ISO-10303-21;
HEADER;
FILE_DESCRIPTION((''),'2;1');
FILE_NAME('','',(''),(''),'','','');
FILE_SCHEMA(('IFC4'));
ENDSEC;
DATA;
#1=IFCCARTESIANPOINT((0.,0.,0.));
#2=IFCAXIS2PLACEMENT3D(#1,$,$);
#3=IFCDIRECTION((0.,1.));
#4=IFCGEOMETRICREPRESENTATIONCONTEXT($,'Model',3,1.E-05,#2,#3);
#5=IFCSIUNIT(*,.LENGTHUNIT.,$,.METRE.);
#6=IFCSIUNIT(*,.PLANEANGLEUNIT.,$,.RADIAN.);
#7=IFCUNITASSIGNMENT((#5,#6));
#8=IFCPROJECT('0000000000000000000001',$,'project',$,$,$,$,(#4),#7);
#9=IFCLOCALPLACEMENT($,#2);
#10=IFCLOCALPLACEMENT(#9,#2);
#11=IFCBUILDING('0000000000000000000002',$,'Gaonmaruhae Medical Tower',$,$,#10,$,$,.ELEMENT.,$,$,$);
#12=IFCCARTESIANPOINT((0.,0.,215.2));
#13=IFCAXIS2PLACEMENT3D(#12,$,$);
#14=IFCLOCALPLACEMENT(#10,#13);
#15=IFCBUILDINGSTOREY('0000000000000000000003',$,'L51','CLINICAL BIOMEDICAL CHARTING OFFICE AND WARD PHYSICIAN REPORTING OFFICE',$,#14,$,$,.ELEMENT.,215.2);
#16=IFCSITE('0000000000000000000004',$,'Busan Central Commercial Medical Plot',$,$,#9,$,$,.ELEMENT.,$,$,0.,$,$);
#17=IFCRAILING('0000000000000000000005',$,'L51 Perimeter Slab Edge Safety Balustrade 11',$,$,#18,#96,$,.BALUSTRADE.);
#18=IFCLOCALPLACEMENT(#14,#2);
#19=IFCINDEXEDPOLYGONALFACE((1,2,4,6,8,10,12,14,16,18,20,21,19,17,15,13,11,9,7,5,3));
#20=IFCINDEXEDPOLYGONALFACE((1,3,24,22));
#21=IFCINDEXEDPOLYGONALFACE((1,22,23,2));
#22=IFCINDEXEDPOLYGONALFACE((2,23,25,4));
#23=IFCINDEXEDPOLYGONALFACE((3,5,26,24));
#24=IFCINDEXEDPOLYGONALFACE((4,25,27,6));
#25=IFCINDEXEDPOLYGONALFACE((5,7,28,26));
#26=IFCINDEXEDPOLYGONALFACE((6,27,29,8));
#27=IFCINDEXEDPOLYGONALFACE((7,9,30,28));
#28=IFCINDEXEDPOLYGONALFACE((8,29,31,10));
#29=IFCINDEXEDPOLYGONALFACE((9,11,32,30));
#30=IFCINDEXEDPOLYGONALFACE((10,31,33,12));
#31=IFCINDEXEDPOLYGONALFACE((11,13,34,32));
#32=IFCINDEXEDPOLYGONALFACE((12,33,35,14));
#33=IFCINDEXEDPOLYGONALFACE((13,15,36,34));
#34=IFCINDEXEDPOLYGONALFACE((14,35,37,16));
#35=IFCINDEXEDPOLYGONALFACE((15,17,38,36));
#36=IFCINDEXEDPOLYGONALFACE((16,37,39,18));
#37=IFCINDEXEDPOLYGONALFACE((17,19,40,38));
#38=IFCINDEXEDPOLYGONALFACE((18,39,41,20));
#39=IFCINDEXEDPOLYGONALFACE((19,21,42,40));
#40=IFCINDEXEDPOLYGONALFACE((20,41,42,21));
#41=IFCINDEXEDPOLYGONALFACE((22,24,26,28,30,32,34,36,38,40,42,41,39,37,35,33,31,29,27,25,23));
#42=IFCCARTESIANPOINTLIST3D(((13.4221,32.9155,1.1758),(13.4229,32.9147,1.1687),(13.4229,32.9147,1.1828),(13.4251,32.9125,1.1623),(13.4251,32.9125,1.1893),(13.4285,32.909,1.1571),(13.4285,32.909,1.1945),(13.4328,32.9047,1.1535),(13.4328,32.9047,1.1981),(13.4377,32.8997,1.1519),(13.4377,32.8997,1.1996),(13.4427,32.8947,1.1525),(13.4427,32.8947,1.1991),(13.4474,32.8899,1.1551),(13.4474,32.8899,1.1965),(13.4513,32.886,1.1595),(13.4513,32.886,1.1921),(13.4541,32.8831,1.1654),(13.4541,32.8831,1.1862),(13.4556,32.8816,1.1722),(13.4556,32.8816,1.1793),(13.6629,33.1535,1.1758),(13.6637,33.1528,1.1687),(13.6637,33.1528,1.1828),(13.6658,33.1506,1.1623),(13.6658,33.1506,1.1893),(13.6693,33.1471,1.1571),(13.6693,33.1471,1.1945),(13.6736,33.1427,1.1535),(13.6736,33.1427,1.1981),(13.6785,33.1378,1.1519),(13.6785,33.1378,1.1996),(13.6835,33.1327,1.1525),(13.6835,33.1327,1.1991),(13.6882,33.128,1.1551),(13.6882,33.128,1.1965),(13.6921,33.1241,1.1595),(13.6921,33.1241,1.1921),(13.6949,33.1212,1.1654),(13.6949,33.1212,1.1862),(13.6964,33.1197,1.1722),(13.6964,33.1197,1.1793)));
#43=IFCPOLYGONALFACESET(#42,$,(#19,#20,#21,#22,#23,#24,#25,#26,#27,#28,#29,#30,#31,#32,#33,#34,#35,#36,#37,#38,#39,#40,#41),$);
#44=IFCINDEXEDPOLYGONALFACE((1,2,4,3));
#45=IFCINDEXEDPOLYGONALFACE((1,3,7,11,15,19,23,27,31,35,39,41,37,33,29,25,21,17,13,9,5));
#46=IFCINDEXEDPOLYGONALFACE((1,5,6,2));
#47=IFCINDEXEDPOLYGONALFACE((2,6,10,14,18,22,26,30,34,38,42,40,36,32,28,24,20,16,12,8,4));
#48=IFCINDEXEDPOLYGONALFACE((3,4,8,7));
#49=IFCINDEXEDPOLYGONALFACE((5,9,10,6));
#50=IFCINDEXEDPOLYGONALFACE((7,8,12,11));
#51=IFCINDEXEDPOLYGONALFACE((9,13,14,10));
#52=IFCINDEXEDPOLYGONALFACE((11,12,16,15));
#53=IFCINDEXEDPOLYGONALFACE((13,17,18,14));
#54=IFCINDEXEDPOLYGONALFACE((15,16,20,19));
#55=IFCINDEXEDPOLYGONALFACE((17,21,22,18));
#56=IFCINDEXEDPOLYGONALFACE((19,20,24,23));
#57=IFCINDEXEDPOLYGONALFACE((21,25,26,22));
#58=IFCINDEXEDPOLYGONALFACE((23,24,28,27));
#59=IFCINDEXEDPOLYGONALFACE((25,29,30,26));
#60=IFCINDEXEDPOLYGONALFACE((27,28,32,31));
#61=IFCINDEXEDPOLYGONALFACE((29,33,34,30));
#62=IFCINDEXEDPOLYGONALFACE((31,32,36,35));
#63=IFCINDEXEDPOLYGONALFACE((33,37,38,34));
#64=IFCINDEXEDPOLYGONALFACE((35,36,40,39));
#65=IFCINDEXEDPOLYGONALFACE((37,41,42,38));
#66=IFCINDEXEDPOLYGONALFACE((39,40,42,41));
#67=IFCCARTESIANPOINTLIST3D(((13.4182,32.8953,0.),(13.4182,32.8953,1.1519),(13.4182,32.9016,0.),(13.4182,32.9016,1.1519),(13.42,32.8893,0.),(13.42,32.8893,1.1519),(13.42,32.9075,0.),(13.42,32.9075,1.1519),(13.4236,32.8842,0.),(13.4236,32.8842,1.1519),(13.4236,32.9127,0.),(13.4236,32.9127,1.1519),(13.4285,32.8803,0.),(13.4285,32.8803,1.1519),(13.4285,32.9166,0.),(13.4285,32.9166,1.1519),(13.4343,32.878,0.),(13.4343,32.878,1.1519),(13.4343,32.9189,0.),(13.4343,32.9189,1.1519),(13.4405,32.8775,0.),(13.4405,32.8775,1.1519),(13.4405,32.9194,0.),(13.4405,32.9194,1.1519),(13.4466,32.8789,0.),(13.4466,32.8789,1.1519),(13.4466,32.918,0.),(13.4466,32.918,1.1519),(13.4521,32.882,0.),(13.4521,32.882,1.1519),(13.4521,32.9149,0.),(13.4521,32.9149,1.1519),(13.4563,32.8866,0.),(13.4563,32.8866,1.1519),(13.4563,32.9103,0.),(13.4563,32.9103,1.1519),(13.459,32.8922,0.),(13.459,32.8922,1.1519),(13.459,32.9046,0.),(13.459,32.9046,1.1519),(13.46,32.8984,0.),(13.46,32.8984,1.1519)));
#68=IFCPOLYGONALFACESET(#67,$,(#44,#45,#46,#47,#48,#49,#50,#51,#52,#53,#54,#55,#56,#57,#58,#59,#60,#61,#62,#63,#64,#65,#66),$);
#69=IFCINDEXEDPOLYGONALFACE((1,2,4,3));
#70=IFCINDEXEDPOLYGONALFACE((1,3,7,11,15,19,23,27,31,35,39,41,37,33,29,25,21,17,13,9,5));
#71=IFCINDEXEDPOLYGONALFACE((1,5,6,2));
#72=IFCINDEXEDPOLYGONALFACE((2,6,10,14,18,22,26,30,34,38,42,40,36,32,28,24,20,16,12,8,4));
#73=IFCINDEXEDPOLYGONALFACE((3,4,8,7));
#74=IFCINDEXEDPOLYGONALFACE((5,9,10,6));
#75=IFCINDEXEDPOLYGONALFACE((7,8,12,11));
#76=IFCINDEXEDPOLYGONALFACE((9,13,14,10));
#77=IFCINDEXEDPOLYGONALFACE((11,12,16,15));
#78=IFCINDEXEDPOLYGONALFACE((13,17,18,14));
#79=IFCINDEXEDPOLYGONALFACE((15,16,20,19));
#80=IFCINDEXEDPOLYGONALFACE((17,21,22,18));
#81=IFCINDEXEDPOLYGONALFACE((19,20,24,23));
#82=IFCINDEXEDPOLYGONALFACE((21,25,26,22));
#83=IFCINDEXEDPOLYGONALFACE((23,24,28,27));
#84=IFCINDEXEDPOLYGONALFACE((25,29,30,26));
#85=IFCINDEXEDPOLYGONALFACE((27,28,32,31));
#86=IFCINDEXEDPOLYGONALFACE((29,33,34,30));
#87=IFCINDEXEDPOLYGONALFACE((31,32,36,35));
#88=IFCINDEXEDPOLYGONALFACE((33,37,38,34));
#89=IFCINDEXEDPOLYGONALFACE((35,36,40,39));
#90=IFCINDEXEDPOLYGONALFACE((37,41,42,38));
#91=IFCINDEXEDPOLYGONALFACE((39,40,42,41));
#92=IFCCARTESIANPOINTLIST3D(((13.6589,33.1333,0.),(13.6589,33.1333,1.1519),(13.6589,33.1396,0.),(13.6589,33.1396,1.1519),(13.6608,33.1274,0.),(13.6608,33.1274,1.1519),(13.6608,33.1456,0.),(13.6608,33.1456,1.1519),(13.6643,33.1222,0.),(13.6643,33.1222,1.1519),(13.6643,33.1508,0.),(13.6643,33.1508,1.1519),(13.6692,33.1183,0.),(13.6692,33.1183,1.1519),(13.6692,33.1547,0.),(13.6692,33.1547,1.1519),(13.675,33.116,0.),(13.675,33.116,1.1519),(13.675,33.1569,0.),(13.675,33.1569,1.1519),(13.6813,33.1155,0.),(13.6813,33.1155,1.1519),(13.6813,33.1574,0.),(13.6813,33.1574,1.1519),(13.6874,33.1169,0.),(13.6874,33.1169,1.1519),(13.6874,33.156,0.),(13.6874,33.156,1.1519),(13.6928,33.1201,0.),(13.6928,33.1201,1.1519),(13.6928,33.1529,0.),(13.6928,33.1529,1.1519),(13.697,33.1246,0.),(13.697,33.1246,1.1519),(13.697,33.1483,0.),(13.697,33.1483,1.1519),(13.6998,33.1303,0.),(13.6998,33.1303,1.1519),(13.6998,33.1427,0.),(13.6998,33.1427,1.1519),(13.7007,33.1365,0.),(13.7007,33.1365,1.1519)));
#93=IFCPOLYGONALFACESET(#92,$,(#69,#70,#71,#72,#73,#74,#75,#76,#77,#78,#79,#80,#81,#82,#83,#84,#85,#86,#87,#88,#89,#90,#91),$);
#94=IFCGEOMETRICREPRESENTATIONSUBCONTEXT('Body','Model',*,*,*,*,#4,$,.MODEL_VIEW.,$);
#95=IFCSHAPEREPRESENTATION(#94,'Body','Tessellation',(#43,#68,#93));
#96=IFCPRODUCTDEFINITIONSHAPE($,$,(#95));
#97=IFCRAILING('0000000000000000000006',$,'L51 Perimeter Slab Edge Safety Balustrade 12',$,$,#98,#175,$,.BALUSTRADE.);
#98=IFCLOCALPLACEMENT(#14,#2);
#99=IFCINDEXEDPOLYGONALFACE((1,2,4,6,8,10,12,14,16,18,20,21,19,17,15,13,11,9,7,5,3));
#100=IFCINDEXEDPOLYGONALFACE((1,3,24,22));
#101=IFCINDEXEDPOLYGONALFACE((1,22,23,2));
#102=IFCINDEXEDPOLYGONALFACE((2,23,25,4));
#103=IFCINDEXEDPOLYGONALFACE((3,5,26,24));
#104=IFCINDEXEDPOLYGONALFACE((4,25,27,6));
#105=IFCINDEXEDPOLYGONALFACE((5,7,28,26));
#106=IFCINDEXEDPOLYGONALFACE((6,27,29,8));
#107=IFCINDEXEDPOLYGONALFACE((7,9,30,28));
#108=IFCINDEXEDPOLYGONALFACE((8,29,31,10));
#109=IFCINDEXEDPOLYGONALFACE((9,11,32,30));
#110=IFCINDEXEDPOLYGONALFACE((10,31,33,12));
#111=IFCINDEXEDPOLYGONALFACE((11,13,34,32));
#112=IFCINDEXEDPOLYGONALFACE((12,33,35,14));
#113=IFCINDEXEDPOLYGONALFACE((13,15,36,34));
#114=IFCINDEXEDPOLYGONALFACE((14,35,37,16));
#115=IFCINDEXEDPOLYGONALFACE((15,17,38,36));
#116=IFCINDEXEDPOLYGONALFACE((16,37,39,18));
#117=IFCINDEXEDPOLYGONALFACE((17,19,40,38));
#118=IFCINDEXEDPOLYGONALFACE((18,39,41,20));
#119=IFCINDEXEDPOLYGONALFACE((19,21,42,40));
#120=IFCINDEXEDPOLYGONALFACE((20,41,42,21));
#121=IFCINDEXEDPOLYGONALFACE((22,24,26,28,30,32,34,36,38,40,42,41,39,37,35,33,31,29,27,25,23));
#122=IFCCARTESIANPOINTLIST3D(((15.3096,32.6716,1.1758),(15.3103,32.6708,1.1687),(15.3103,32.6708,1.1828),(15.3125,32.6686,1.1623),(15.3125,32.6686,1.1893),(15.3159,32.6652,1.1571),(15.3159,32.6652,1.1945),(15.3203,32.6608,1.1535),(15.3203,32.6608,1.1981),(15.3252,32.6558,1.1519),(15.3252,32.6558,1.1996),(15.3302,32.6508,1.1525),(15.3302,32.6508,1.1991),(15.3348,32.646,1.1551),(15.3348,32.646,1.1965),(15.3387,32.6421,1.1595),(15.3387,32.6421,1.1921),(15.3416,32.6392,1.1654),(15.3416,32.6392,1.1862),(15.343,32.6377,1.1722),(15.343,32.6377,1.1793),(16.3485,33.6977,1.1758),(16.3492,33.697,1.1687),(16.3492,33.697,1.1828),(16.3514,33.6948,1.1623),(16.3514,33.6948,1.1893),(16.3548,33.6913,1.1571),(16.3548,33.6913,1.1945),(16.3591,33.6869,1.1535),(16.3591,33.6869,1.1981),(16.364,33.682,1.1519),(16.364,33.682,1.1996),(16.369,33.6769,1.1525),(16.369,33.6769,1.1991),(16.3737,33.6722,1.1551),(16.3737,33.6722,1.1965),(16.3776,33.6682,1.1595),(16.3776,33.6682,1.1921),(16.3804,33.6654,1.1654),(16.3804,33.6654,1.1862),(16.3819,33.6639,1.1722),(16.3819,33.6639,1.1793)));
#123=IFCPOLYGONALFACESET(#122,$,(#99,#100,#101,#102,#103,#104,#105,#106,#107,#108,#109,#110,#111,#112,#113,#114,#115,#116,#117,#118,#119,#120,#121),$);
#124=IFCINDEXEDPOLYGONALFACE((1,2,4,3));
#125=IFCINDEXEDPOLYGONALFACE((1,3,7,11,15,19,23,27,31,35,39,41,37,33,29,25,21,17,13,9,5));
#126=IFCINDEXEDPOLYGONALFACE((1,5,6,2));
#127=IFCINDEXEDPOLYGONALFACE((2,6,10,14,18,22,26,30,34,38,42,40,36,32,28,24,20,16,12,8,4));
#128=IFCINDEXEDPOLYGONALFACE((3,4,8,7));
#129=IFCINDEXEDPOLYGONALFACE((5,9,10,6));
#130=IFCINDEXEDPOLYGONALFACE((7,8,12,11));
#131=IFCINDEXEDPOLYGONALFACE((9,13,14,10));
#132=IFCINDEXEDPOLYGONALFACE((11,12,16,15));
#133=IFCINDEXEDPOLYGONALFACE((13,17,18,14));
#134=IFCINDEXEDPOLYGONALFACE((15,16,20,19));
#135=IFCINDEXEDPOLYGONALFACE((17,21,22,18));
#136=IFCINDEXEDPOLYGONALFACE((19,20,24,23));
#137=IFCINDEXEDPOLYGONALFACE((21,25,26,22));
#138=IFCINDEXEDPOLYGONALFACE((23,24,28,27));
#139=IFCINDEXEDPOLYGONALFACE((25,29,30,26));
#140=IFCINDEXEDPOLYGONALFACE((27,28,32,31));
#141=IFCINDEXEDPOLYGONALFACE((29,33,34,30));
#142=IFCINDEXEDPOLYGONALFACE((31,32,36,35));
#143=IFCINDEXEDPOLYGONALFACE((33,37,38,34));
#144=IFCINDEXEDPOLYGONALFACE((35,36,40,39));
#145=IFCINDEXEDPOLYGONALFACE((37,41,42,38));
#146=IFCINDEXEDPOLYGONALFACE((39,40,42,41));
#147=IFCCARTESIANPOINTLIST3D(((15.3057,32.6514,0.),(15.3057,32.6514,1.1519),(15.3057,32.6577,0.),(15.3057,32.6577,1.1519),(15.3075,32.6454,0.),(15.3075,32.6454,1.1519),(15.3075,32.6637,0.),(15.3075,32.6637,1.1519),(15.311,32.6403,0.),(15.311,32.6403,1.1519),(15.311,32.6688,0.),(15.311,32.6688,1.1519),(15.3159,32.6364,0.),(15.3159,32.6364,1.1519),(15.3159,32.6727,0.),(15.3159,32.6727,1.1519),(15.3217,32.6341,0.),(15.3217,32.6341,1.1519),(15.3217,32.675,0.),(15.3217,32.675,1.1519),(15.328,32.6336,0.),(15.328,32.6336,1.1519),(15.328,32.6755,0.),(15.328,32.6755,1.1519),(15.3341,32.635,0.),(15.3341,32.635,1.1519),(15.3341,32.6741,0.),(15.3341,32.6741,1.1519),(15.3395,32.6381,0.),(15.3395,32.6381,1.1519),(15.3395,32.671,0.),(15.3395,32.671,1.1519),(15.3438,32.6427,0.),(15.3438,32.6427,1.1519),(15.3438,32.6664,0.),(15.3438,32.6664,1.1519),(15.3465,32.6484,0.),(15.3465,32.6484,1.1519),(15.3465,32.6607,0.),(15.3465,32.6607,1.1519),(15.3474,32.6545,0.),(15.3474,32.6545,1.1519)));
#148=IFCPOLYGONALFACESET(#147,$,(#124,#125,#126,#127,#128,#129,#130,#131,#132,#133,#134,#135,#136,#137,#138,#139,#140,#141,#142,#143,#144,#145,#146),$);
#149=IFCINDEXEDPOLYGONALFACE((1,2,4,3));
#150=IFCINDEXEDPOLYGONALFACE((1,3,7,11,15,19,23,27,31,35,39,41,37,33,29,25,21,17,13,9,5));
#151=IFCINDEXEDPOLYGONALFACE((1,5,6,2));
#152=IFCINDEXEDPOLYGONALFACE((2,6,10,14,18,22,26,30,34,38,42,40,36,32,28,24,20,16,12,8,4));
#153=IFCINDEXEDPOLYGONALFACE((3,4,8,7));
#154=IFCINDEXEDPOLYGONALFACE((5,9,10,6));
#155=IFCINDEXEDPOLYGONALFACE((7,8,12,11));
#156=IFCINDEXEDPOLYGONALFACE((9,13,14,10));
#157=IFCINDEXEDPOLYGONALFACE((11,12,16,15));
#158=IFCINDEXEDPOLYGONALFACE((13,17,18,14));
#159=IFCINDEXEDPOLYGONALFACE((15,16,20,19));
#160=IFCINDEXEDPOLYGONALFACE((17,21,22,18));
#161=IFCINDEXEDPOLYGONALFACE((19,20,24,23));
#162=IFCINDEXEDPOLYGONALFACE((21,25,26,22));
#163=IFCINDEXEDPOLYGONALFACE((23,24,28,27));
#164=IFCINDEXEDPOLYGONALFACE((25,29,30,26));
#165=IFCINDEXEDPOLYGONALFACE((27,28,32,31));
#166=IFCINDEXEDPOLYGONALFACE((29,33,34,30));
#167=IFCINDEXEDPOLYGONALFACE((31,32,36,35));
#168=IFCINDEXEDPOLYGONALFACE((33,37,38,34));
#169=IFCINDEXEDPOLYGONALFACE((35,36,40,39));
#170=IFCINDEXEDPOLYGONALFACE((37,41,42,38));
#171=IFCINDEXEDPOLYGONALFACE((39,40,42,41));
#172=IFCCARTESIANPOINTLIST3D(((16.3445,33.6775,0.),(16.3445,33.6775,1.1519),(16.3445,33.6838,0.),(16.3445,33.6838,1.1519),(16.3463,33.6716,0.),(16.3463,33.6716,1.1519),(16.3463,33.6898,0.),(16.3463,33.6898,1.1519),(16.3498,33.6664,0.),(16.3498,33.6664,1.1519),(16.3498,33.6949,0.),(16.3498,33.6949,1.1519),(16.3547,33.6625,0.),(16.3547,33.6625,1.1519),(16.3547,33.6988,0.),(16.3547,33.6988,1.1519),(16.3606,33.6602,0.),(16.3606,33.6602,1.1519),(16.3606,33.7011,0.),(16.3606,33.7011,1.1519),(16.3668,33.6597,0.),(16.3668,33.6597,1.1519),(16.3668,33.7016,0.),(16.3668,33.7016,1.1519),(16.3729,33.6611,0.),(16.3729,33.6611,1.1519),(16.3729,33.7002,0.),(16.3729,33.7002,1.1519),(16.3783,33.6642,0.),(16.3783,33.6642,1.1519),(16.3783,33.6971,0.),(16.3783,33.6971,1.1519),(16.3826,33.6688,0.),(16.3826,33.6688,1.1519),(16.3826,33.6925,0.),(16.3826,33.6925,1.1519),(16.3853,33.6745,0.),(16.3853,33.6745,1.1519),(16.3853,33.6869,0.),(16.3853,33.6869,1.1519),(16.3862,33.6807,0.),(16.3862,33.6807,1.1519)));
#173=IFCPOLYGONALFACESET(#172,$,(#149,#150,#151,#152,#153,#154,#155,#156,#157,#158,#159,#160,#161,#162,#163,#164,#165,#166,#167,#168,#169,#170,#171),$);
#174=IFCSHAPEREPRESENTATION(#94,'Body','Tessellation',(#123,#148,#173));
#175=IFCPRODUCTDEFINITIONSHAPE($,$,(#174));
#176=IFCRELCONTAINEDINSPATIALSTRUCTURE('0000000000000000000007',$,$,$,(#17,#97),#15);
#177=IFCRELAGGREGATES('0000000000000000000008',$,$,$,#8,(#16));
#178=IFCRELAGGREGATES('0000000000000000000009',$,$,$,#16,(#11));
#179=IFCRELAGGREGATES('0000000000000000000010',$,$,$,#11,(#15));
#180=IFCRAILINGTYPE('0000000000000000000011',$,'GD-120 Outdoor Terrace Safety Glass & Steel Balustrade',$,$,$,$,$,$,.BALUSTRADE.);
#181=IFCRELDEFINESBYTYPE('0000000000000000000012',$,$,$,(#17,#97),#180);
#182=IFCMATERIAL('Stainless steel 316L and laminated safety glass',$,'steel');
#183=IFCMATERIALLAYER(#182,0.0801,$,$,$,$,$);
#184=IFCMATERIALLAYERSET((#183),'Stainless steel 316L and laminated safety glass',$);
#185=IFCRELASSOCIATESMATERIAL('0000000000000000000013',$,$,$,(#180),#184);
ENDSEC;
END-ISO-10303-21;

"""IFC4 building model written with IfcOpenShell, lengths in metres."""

from ifc_helpers import new_model, si_unit, direction, frame, origin, origin_2d, place, context, subcontext, project, spatial, circle, extrude, material, layer, layer_set, type_object, element, save


model = new_model("IFC4")

# Units and contexts
model_context = context("Model", 3, precision=1e-05, world=origin(), true_north=direction((0.0, 1.0)))
body_context = subcontext(model_context, "Body", "Model", "MODEL_VIEW")
ifc_project = project(units=[si_unit("LENGTHUNIT", "METRE"), si_unit("PLANEANGLEUNIT", "RADIAN")], contexts=[model_context])

# Site, building, storey
site_placement = place(None, origin())
site = spatial("IfcSite", under=ifc_project, at=site_placement, Name="Busan Central Commercial Medical Plot", CompositionType="ELEMENT", RefElevation=0.0)
building_placement = place(site_placement, origin())
building = spatial("IfcBuilding", under=site, at=building_placement, Name="Gaonmaruhae Medical Tower", CompositionType="ELEMENT")
storey_placement = place(building_placement, frame((0.0, 0.0, 215.2)))
storey = spatial("IfcBuildingStorey", under=building, at=storey_placement, Name="L51", Description="CLINICAL BIOMEDICAL CHARTING OFFICE AND WARD PHYSICIAN REPORTING OFFICE", CompositionType="ELEMENT", Elevation=215.2)

# Railings
ifc_material_1 = material(Name="Stainless steel 316L and laminated safety glass", Category="steel")
ifc_layer_1 = layer(ifc_material_1, 0.0801)
ifc_layer_set_1 = layer_set([ifc_layer_1], Name="Stainless steel 316L and laminated safety glass")
railing_type = type_object("IfcRailingType", Name="GD-120 Outdoor Terrace Safety Glass & Steel Balustrade", PredefinedType="BALUSTRADE", material=ifc_layer_set_1)
railing_1_placement = place(storey_placement, frame((13.439, 32.8984, 0.0)))
element("IfcRailing", 1, at=railing_1_placement, inside=storey, type_object=railing_type, Name="L51 Perimeter Slab Edge Safety Balustrade 11", PredefinedType="BALUSTRADE", context=body_context, shape_type="SweptSolid", body=[
    extrude(circle(Radius=0.0239, at=origin_2d()), frame((0.0, 0.0, 1.1758), z_axis=(0.711062, 0.703129, 0.0), x_axis=(-0.703129, 0.711062, 0.0)), (0.0, 0.0, 1.0), 0.3386),
    extrude(circle(Radius=0.021, at=origin_2d()), origin(), (0.0, 0.0, 1.0), 1.1519),
    extrude(circle(Radius=0.021, at=origin_2d()), frame((0.2407, 0.238, 0.0)), (0.0, 0.0, 1.0), 1.1519),
])
railing_2_placement = place(storey_placement, frame((15.3264, 32.6545, 0.0)))
element("IfcRailing", 2, at=railing_2_placement, inside=storey, type_object=railing_type, Name="L51 Perimeter Slab Edge Safety Balustrade 12", PredefinedType="BALUSTRADE", context=body_context, shape_type="SweptSolid", body=[
    extrude(circle(Radius=0.0239, at=origin_2d()), frame((0.0, 0.0, 1.1758), z_axis=(0.711441, 0.702746, 0.0), x_axis=(-0.702746, 0.711441, 0.0)), (0.0, 0.0, 1.0), 1.4602),
    extrude(circle(Radius=0.021, at=origin_2d()), origin(), (0.0, 0.0, 1.0), 1.1519),
    extrude(circle(Radius=0.021, at=origin_2d()), frame((1.0388, 1.0261, 0.0)), (0.0, 0.0, 1.0), 1.1519),
])

save(model, "model.ifc")
